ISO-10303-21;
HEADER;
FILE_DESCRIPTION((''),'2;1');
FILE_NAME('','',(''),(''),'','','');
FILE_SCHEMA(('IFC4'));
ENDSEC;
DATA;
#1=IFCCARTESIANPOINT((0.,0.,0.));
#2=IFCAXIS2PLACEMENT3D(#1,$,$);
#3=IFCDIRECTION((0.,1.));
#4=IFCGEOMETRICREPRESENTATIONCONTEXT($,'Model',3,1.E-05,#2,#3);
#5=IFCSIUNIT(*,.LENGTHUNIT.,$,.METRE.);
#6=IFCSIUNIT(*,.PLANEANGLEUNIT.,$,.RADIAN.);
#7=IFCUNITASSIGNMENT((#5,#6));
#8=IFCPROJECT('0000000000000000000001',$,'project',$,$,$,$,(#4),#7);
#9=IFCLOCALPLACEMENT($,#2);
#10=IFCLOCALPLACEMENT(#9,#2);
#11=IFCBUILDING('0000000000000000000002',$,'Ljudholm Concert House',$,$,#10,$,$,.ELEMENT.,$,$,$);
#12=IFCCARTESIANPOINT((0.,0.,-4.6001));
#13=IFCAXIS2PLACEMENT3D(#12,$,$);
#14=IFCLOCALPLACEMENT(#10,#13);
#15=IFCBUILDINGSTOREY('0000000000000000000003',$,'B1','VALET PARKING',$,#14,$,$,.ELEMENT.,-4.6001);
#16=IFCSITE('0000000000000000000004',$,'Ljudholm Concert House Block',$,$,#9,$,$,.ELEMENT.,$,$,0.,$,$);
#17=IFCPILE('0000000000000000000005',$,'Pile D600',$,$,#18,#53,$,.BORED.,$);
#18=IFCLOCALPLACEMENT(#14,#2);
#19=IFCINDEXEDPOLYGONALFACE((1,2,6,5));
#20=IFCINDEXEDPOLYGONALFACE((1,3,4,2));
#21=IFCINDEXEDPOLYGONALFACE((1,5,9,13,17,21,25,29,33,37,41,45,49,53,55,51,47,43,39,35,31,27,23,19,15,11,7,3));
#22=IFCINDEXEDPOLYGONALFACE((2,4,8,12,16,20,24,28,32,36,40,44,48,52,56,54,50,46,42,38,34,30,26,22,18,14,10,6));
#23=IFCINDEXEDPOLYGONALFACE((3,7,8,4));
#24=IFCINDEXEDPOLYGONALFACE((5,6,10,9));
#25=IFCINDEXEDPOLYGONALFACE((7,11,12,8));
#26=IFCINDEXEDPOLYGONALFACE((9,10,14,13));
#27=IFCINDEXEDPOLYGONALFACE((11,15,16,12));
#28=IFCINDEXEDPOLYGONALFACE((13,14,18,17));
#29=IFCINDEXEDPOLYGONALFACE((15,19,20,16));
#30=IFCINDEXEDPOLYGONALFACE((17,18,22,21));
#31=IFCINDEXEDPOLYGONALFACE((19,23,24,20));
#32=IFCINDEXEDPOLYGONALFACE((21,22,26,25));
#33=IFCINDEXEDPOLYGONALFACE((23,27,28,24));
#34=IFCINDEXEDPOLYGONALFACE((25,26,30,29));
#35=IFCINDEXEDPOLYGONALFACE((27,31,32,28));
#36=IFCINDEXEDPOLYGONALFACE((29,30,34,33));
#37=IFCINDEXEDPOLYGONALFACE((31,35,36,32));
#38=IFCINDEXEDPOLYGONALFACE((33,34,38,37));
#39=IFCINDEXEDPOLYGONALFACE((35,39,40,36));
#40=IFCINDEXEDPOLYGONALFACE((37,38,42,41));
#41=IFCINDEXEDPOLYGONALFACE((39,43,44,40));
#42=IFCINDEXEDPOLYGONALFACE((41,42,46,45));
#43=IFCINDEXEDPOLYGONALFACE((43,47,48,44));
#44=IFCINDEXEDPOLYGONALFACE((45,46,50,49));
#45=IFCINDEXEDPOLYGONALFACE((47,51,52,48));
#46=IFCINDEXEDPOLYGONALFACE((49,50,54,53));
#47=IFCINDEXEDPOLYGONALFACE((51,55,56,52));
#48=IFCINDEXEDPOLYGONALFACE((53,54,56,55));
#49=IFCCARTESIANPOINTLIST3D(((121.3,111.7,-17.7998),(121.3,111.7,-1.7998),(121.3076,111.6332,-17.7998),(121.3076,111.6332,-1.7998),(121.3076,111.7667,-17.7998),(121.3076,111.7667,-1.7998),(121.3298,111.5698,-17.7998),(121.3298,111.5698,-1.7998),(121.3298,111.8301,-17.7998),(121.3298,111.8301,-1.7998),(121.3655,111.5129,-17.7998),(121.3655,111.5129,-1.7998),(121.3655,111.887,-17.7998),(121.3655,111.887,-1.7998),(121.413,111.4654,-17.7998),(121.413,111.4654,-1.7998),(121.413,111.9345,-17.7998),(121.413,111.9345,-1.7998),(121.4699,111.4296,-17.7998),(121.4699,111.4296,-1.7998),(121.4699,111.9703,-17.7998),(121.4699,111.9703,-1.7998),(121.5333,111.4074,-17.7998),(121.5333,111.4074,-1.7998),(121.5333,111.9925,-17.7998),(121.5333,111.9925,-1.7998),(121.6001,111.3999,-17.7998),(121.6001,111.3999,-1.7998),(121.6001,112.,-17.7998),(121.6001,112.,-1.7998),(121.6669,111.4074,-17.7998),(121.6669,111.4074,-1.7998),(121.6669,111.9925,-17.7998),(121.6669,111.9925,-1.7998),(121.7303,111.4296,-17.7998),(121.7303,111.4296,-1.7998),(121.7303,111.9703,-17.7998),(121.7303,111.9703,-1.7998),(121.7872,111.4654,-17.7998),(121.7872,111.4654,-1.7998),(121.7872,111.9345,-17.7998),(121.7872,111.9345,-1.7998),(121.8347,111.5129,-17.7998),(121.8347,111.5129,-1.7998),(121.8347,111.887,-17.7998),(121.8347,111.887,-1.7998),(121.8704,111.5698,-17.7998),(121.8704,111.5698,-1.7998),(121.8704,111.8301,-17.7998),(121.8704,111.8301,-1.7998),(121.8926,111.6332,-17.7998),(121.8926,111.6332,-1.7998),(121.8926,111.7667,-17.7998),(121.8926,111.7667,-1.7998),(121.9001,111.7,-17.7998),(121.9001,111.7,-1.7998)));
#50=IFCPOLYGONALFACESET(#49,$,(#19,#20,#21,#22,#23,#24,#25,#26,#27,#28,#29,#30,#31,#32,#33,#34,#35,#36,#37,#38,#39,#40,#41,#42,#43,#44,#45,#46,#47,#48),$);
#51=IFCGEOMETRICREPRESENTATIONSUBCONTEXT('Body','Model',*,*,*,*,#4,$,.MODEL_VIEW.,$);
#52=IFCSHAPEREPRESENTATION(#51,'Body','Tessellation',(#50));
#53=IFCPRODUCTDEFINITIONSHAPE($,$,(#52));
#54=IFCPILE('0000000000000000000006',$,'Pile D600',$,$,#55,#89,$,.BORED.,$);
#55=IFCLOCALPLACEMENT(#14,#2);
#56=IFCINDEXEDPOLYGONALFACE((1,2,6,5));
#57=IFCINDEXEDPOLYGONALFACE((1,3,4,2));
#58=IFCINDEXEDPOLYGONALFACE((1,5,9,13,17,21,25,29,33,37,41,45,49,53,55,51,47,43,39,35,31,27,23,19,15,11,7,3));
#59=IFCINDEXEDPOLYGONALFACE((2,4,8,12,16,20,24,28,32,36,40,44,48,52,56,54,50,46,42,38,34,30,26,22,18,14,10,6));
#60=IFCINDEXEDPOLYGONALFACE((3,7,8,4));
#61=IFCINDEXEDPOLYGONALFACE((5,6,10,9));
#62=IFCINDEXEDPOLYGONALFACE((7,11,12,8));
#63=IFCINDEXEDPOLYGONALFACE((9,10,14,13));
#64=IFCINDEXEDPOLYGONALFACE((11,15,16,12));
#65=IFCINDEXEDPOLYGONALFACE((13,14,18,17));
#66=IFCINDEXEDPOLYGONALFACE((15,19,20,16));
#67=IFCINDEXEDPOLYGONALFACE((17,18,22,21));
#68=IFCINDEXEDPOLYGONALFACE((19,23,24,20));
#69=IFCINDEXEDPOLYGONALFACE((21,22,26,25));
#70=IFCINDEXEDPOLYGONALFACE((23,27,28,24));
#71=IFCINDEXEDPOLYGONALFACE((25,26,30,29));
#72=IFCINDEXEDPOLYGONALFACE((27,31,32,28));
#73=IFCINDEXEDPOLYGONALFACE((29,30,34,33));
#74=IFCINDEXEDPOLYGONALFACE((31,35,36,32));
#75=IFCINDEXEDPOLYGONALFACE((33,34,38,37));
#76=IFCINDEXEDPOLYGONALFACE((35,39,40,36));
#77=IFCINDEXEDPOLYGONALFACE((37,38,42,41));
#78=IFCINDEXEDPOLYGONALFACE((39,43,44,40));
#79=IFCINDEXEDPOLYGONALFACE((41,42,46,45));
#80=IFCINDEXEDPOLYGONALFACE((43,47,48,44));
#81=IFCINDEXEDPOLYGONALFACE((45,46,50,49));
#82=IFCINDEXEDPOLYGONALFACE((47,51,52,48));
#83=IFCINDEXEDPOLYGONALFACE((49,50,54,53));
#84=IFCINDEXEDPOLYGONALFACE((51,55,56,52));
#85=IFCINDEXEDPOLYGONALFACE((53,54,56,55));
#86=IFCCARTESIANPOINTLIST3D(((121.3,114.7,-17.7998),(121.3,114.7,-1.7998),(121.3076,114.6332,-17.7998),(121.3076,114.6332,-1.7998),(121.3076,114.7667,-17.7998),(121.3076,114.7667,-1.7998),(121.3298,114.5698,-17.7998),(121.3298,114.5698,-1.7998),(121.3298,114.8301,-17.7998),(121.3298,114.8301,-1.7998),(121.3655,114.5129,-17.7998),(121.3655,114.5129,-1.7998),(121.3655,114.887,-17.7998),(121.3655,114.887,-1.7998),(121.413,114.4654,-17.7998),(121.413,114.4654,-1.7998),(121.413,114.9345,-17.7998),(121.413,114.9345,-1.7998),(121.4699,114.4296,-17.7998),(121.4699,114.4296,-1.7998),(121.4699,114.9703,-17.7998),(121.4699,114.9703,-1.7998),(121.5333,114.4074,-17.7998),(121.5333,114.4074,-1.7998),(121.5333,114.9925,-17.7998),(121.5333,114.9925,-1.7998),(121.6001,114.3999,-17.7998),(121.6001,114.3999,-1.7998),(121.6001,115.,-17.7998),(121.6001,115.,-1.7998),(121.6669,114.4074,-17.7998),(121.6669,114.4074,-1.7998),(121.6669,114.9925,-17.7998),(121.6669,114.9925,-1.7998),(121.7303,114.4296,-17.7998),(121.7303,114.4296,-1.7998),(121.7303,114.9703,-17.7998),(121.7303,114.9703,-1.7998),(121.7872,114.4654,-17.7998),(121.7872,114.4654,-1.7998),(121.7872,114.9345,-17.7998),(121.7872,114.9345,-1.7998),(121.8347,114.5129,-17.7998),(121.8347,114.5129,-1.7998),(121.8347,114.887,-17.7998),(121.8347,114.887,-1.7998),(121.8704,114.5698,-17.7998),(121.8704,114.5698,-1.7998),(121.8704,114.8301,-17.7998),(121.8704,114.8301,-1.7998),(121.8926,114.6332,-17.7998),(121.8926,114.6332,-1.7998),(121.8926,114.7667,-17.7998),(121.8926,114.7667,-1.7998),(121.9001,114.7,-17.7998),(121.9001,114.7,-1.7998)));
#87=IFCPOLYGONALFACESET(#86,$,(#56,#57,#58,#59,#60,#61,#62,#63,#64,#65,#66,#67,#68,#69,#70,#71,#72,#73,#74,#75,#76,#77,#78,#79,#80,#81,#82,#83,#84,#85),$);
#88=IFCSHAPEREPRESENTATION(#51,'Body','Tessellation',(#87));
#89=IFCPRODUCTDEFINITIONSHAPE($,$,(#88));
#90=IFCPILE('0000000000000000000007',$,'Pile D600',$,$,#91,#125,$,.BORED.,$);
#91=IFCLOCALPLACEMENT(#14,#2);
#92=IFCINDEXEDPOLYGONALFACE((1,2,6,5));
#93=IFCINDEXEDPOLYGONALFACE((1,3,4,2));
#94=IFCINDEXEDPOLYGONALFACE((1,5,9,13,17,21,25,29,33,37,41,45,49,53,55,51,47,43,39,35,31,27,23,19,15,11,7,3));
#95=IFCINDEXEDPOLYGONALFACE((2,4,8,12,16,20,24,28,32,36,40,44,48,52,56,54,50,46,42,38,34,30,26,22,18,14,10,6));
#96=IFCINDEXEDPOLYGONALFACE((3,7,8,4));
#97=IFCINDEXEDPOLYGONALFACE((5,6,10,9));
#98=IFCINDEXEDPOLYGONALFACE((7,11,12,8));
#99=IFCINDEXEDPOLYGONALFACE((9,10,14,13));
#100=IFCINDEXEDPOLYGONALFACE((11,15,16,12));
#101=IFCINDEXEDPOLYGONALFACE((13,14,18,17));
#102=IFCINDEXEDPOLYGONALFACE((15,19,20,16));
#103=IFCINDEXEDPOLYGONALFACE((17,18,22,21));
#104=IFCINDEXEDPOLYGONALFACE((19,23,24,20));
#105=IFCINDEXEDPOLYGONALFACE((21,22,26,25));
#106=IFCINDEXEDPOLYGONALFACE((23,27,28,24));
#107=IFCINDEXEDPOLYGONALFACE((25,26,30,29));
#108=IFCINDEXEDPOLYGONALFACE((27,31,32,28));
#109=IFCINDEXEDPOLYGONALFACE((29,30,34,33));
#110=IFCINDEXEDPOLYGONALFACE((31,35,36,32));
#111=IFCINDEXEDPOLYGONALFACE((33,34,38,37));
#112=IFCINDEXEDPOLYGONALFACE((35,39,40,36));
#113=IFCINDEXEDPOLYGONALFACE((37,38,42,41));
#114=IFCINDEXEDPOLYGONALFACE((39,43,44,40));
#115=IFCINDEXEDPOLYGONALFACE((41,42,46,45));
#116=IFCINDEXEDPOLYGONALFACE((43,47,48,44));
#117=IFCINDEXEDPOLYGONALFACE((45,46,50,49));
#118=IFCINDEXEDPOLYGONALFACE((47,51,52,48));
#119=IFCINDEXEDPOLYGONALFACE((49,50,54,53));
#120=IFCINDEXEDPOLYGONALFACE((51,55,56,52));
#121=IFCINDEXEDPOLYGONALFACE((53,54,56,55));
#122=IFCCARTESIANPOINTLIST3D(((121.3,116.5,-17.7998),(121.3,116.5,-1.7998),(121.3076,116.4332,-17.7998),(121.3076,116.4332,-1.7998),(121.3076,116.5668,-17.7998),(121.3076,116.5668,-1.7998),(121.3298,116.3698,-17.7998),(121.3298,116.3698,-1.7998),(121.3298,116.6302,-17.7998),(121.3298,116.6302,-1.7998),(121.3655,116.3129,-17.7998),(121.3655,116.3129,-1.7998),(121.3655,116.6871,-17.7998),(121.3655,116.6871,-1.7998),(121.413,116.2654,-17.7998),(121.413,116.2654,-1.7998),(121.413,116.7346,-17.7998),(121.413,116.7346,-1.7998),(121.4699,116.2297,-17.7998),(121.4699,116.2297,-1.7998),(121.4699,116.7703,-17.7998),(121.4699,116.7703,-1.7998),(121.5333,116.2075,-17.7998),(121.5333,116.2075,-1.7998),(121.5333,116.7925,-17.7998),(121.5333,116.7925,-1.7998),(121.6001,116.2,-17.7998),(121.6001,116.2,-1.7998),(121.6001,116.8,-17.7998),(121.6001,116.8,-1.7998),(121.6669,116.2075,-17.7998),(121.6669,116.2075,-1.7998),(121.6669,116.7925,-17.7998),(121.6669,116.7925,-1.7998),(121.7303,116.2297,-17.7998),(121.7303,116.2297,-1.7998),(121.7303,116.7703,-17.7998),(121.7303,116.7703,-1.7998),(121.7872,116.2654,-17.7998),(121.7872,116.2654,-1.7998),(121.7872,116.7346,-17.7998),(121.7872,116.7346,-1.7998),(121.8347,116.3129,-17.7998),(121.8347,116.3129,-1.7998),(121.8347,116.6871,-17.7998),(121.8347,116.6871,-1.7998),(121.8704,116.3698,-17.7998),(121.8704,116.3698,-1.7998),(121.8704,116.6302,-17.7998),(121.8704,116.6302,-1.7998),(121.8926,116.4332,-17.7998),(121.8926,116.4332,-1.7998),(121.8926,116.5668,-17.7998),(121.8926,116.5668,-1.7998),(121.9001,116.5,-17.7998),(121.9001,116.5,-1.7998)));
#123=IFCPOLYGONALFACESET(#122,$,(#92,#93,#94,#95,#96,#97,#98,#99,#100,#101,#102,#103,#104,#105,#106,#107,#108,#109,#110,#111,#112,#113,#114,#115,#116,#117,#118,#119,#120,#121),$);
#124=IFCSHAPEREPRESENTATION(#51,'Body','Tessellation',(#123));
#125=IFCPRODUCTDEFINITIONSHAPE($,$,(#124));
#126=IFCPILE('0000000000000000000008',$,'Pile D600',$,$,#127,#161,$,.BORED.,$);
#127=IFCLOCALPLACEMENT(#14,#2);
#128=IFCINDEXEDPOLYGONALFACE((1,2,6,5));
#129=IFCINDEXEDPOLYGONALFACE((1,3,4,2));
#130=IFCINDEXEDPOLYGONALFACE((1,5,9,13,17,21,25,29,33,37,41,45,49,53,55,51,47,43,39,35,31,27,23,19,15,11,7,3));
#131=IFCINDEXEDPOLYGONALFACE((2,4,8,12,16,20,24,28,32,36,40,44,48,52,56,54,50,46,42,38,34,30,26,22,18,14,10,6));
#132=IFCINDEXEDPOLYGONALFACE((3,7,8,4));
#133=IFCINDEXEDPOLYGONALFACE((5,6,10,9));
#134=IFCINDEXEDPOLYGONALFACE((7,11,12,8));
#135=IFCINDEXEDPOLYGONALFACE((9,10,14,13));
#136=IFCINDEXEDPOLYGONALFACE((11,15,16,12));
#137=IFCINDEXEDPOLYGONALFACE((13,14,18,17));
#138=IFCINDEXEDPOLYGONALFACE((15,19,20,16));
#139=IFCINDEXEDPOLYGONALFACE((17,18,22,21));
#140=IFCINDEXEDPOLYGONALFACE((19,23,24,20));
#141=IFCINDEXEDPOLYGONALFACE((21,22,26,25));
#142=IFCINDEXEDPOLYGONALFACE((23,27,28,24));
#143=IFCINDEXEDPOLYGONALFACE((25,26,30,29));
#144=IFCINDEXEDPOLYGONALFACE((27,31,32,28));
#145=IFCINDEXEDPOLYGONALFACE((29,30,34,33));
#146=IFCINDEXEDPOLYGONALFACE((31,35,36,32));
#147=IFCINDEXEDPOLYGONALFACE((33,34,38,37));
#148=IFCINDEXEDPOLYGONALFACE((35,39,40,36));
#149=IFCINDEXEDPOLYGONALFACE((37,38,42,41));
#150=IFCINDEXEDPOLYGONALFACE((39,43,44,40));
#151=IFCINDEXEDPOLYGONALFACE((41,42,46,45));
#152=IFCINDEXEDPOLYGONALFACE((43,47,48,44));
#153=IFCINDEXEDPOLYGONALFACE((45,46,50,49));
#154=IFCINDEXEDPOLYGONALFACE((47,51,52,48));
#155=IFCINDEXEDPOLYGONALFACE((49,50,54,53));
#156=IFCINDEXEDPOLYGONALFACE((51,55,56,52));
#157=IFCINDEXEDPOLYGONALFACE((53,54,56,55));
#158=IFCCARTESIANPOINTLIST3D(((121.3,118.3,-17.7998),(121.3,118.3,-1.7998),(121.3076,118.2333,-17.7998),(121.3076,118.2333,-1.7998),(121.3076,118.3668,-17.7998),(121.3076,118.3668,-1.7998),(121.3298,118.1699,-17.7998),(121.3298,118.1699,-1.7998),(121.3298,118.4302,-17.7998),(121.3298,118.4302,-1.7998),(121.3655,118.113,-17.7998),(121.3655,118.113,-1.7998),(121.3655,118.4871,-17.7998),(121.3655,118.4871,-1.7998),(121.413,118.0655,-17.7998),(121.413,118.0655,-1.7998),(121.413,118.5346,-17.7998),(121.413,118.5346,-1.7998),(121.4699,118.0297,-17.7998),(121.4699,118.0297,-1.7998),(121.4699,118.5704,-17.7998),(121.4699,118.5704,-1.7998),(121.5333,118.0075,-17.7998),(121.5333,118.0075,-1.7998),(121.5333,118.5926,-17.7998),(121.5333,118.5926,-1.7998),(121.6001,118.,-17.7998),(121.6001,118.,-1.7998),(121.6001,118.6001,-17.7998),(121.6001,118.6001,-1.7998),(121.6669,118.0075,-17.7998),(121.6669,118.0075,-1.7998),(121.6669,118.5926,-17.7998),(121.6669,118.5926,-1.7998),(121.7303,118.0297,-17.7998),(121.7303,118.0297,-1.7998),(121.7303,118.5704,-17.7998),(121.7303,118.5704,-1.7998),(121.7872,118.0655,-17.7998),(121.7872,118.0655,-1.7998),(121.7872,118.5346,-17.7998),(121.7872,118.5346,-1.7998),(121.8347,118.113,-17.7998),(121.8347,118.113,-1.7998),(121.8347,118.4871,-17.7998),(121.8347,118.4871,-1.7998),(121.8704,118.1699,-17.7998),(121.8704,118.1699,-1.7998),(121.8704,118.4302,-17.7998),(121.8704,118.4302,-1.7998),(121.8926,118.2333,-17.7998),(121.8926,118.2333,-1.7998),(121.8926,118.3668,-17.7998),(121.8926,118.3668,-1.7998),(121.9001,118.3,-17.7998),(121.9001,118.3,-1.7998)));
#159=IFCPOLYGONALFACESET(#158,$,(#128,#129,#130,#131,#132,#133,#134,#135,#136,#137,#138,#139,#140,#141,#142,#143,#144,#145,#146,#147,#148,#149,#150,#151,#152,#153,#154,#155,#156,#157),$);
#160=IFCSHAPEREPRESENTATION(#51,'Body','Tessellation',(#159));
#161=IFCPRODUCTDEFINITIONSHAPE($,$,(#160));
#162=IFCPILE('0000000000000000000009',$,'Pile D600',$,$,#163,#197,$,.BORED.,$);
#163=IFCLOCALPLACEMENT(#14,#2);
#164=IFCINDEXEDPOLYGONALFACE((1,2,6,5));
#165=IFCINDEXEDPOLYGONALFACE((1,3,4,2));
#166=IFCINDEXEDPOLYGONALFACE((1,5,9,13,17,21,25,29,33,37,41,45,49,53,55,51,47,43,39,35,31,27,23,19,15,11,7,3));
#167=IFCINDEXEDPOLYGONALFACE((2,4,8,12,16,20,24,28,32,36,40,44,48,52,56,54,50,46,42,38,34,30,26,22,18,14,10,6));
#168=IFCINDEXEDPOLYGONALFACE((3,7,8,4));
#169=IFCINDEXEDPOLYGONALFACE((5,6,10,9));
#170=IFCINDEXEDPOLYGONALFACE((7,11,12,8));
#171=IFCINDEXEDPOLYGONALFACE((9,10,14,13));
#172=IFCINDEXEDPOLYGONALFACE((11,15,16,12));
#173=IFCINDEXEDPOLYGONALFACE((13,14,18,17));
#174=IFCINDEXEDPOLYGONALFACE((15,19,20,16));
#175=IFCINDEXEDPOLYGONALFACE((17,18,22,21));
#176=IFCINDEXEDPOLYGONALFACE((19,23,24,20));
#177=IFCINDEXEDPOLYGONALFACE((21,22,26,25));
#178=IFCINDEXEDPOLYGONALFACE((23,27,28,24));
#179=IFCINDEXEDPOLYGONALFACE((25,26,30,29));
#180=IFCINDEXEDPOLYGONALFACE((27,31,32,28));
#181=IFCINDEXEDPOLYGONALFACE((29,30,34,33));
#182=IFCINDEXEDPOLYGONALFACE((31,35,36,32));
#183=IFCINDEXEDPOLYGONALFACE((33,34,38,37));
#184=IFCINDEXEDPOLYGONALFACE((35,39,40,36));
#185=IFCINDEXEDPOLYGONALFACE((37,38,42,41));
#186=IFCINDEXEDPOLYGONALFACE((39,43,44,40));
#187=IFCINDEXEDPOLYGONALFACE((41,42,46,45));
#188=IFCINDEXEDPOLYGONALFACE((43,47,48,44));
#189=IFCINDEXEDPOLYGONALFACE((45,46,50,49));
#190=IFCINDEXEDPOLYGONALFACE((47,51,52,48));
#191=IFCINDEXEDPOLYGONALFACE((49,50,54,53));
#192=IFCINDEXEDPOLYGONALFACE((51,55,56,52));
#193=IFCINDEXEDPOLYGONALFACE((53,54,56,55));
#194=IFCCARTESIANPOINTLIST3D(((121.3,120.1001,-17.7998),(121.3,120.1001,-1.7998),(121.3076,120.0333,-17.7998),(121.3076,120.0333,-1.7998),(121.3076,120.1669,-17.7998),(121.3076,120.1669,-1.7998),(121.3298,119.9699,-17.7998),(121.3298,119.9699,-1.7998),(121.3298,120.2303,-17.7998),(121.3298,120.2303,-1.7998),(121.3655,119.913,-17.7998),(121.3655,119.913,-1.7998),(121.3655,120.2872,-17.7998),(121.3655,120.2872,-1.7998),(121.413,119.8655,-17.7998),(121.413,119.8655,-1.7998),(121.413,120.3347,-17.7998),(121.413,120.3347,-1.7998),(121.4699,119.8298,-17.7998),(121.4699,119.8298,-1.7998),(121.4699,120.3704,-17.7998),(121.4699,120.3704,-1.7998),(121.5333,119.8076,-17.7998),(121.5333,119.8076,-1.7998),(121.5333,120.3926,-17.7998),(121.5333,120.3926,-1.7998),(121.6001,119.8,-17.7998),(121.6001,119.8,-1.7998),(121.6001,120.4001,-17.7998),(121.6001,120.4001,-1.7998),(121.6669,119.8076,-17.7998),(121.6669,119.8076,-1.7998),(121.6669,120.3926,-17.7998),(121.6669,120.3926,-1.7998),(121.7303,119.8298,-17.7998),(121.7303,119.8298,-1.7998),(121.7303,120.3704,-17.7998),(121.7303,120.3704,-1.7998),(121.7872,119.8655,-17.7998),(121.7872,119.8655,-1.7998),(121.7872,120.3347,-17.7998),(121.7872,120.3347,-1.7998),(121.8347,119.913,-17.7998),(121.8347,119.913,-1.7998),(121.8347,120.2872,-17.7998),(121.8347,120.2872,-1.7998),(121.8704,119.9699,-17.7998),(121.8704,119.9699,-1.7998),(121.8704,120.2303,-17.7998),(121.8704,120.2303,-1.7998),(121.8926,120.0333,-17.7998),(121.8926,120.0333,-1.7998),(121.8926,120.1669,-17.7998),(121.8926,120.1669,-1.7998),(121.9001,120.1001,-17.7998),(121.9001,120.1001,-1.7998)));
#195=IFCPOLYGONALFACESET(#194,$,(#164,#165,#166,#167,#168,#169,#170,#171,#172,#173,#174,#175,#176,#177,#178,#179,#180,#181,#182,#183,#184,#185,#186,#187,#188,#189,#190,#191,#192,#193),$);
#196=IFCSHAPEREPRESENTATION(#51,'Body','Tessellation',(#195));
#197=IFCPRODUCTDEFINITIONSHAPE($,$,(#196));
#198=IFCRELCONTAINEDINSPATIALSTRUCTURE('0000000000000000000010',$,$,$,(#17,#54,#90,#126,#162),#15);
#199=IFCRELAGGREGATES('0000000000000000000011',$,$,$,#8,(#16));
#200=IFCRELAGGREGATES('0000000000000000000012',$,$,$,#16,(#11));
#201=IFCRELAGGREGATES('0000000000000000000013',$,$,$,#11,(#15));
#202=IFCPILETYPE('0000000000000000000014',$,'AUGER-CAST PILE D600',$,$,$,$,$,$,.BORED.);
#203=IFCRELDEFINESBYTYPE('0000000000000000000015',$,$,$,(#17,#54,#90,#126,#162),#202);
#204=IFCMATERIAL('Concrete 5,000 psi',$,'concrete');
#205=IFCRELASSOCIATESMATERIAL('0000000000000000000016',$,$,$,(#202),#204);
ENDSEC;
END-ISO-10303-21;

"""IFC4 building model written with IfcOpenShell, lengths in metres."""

from ifc_helpers import new_model, si_unit, direction, frame, origin, origin_2d, place, context, subcontext, project, spatial, circle, extrude, material, material_profile, profile_set, type_object, element, save


model = new_model("IFC4")

# Units and contexts
model_context = context("Model", 3, precision=1e-05, world=origin(), true_north=direction((0.0, 1.0)))
body_context = subcontext(model_context, "Body", "Model", "MODEL_VIEW")
ifc_project = project(units=[si_unit("LENGTHUNIT", "METRE"), si_unit("PLANEANGLEUNIT", "RADIAN")], contexts=[model_context])

# Site, building, storey
site_placement = place(None, origin())
site = spatial("IfcSite", under=ifc_project, at=site_placement, Name="Ljudholm Concert House Block", CompositionType="ELEMENT", RefElevation=0.0)
building_placement = place(site_placement, origin())
building = spatial("IfcBuilding", under=site, at=building_placement, Name="Ljudholm Concert House", CompositionType="ELEMENT")
storey_placement = place(building_placement, frame((0.0, 0.0, -4.6001)))
storey = spatial("IfcBuildingStorey", under=building, at=storey_placement, Name="B1", Description="VALET PARKING", CompositionType="ELEMENT", Elevation=-4.6001)

# Piles
ifc_material_1 = material(Name="Concrete 5,000 psi", Category="concrete")
ifc_material_profile_1 = material_profile(ifc_material_1, circle(Radius=0.3, at=origin_2d()), Name="AUGER-CAST PILE D600")
ifc_profile_set_1 = profile_set([ifc_material_profile_1], Name="Concrete 5,000 psi")
pile_type = type_object("IfcPileType", Name="AUGER-CAST PILE D600", PredefinedType="BORED", material=ifc_profile_set_1)
for number, where, z_axis, x_axis, name in (
    (1, (121.6001, 111.7, -1.7998), (0.0, 0.0, -1.0), (1.0, 0.0, 0.0), "Pile D600"),
    (2, (121.6001, 114.7, -1.7998), (0.0, 0.0, -1.0), (1.0, 0.0, 0.0), "Pile D600"),
    (3, (121.6001, 116.5, -1.7998), (0.0, 0.0, -1.0), (1.0, 0.0, 0.0), "Pile D600"),
    (4, (121.6001, 118.3, -1.7998), (0.0, 0.0, -1.0), (1.0, 0.0, 0.0), "Pile D600"),
    (5, (121.6001, 120.1001, -1.7998), (0.0, 0.0, -1.0), (1.0, 0.0, 0.0), "Pile D600"),
):
    element("IfcPile", number, at=place(storey_placement, frame(where, z_axis=z_axis, x_axis=x_axis)), inside=storey, type_object=pile_type, Name=name, PredefinedType="BORED", context=body_context, shape_type="SweptSolid", body=[
        extrude(circle(Radius=0.3, at=origin_2d()), origin(), (0.0, 0.0, 1.0), 16.0),
    ])

save(model, "model.ifc")
